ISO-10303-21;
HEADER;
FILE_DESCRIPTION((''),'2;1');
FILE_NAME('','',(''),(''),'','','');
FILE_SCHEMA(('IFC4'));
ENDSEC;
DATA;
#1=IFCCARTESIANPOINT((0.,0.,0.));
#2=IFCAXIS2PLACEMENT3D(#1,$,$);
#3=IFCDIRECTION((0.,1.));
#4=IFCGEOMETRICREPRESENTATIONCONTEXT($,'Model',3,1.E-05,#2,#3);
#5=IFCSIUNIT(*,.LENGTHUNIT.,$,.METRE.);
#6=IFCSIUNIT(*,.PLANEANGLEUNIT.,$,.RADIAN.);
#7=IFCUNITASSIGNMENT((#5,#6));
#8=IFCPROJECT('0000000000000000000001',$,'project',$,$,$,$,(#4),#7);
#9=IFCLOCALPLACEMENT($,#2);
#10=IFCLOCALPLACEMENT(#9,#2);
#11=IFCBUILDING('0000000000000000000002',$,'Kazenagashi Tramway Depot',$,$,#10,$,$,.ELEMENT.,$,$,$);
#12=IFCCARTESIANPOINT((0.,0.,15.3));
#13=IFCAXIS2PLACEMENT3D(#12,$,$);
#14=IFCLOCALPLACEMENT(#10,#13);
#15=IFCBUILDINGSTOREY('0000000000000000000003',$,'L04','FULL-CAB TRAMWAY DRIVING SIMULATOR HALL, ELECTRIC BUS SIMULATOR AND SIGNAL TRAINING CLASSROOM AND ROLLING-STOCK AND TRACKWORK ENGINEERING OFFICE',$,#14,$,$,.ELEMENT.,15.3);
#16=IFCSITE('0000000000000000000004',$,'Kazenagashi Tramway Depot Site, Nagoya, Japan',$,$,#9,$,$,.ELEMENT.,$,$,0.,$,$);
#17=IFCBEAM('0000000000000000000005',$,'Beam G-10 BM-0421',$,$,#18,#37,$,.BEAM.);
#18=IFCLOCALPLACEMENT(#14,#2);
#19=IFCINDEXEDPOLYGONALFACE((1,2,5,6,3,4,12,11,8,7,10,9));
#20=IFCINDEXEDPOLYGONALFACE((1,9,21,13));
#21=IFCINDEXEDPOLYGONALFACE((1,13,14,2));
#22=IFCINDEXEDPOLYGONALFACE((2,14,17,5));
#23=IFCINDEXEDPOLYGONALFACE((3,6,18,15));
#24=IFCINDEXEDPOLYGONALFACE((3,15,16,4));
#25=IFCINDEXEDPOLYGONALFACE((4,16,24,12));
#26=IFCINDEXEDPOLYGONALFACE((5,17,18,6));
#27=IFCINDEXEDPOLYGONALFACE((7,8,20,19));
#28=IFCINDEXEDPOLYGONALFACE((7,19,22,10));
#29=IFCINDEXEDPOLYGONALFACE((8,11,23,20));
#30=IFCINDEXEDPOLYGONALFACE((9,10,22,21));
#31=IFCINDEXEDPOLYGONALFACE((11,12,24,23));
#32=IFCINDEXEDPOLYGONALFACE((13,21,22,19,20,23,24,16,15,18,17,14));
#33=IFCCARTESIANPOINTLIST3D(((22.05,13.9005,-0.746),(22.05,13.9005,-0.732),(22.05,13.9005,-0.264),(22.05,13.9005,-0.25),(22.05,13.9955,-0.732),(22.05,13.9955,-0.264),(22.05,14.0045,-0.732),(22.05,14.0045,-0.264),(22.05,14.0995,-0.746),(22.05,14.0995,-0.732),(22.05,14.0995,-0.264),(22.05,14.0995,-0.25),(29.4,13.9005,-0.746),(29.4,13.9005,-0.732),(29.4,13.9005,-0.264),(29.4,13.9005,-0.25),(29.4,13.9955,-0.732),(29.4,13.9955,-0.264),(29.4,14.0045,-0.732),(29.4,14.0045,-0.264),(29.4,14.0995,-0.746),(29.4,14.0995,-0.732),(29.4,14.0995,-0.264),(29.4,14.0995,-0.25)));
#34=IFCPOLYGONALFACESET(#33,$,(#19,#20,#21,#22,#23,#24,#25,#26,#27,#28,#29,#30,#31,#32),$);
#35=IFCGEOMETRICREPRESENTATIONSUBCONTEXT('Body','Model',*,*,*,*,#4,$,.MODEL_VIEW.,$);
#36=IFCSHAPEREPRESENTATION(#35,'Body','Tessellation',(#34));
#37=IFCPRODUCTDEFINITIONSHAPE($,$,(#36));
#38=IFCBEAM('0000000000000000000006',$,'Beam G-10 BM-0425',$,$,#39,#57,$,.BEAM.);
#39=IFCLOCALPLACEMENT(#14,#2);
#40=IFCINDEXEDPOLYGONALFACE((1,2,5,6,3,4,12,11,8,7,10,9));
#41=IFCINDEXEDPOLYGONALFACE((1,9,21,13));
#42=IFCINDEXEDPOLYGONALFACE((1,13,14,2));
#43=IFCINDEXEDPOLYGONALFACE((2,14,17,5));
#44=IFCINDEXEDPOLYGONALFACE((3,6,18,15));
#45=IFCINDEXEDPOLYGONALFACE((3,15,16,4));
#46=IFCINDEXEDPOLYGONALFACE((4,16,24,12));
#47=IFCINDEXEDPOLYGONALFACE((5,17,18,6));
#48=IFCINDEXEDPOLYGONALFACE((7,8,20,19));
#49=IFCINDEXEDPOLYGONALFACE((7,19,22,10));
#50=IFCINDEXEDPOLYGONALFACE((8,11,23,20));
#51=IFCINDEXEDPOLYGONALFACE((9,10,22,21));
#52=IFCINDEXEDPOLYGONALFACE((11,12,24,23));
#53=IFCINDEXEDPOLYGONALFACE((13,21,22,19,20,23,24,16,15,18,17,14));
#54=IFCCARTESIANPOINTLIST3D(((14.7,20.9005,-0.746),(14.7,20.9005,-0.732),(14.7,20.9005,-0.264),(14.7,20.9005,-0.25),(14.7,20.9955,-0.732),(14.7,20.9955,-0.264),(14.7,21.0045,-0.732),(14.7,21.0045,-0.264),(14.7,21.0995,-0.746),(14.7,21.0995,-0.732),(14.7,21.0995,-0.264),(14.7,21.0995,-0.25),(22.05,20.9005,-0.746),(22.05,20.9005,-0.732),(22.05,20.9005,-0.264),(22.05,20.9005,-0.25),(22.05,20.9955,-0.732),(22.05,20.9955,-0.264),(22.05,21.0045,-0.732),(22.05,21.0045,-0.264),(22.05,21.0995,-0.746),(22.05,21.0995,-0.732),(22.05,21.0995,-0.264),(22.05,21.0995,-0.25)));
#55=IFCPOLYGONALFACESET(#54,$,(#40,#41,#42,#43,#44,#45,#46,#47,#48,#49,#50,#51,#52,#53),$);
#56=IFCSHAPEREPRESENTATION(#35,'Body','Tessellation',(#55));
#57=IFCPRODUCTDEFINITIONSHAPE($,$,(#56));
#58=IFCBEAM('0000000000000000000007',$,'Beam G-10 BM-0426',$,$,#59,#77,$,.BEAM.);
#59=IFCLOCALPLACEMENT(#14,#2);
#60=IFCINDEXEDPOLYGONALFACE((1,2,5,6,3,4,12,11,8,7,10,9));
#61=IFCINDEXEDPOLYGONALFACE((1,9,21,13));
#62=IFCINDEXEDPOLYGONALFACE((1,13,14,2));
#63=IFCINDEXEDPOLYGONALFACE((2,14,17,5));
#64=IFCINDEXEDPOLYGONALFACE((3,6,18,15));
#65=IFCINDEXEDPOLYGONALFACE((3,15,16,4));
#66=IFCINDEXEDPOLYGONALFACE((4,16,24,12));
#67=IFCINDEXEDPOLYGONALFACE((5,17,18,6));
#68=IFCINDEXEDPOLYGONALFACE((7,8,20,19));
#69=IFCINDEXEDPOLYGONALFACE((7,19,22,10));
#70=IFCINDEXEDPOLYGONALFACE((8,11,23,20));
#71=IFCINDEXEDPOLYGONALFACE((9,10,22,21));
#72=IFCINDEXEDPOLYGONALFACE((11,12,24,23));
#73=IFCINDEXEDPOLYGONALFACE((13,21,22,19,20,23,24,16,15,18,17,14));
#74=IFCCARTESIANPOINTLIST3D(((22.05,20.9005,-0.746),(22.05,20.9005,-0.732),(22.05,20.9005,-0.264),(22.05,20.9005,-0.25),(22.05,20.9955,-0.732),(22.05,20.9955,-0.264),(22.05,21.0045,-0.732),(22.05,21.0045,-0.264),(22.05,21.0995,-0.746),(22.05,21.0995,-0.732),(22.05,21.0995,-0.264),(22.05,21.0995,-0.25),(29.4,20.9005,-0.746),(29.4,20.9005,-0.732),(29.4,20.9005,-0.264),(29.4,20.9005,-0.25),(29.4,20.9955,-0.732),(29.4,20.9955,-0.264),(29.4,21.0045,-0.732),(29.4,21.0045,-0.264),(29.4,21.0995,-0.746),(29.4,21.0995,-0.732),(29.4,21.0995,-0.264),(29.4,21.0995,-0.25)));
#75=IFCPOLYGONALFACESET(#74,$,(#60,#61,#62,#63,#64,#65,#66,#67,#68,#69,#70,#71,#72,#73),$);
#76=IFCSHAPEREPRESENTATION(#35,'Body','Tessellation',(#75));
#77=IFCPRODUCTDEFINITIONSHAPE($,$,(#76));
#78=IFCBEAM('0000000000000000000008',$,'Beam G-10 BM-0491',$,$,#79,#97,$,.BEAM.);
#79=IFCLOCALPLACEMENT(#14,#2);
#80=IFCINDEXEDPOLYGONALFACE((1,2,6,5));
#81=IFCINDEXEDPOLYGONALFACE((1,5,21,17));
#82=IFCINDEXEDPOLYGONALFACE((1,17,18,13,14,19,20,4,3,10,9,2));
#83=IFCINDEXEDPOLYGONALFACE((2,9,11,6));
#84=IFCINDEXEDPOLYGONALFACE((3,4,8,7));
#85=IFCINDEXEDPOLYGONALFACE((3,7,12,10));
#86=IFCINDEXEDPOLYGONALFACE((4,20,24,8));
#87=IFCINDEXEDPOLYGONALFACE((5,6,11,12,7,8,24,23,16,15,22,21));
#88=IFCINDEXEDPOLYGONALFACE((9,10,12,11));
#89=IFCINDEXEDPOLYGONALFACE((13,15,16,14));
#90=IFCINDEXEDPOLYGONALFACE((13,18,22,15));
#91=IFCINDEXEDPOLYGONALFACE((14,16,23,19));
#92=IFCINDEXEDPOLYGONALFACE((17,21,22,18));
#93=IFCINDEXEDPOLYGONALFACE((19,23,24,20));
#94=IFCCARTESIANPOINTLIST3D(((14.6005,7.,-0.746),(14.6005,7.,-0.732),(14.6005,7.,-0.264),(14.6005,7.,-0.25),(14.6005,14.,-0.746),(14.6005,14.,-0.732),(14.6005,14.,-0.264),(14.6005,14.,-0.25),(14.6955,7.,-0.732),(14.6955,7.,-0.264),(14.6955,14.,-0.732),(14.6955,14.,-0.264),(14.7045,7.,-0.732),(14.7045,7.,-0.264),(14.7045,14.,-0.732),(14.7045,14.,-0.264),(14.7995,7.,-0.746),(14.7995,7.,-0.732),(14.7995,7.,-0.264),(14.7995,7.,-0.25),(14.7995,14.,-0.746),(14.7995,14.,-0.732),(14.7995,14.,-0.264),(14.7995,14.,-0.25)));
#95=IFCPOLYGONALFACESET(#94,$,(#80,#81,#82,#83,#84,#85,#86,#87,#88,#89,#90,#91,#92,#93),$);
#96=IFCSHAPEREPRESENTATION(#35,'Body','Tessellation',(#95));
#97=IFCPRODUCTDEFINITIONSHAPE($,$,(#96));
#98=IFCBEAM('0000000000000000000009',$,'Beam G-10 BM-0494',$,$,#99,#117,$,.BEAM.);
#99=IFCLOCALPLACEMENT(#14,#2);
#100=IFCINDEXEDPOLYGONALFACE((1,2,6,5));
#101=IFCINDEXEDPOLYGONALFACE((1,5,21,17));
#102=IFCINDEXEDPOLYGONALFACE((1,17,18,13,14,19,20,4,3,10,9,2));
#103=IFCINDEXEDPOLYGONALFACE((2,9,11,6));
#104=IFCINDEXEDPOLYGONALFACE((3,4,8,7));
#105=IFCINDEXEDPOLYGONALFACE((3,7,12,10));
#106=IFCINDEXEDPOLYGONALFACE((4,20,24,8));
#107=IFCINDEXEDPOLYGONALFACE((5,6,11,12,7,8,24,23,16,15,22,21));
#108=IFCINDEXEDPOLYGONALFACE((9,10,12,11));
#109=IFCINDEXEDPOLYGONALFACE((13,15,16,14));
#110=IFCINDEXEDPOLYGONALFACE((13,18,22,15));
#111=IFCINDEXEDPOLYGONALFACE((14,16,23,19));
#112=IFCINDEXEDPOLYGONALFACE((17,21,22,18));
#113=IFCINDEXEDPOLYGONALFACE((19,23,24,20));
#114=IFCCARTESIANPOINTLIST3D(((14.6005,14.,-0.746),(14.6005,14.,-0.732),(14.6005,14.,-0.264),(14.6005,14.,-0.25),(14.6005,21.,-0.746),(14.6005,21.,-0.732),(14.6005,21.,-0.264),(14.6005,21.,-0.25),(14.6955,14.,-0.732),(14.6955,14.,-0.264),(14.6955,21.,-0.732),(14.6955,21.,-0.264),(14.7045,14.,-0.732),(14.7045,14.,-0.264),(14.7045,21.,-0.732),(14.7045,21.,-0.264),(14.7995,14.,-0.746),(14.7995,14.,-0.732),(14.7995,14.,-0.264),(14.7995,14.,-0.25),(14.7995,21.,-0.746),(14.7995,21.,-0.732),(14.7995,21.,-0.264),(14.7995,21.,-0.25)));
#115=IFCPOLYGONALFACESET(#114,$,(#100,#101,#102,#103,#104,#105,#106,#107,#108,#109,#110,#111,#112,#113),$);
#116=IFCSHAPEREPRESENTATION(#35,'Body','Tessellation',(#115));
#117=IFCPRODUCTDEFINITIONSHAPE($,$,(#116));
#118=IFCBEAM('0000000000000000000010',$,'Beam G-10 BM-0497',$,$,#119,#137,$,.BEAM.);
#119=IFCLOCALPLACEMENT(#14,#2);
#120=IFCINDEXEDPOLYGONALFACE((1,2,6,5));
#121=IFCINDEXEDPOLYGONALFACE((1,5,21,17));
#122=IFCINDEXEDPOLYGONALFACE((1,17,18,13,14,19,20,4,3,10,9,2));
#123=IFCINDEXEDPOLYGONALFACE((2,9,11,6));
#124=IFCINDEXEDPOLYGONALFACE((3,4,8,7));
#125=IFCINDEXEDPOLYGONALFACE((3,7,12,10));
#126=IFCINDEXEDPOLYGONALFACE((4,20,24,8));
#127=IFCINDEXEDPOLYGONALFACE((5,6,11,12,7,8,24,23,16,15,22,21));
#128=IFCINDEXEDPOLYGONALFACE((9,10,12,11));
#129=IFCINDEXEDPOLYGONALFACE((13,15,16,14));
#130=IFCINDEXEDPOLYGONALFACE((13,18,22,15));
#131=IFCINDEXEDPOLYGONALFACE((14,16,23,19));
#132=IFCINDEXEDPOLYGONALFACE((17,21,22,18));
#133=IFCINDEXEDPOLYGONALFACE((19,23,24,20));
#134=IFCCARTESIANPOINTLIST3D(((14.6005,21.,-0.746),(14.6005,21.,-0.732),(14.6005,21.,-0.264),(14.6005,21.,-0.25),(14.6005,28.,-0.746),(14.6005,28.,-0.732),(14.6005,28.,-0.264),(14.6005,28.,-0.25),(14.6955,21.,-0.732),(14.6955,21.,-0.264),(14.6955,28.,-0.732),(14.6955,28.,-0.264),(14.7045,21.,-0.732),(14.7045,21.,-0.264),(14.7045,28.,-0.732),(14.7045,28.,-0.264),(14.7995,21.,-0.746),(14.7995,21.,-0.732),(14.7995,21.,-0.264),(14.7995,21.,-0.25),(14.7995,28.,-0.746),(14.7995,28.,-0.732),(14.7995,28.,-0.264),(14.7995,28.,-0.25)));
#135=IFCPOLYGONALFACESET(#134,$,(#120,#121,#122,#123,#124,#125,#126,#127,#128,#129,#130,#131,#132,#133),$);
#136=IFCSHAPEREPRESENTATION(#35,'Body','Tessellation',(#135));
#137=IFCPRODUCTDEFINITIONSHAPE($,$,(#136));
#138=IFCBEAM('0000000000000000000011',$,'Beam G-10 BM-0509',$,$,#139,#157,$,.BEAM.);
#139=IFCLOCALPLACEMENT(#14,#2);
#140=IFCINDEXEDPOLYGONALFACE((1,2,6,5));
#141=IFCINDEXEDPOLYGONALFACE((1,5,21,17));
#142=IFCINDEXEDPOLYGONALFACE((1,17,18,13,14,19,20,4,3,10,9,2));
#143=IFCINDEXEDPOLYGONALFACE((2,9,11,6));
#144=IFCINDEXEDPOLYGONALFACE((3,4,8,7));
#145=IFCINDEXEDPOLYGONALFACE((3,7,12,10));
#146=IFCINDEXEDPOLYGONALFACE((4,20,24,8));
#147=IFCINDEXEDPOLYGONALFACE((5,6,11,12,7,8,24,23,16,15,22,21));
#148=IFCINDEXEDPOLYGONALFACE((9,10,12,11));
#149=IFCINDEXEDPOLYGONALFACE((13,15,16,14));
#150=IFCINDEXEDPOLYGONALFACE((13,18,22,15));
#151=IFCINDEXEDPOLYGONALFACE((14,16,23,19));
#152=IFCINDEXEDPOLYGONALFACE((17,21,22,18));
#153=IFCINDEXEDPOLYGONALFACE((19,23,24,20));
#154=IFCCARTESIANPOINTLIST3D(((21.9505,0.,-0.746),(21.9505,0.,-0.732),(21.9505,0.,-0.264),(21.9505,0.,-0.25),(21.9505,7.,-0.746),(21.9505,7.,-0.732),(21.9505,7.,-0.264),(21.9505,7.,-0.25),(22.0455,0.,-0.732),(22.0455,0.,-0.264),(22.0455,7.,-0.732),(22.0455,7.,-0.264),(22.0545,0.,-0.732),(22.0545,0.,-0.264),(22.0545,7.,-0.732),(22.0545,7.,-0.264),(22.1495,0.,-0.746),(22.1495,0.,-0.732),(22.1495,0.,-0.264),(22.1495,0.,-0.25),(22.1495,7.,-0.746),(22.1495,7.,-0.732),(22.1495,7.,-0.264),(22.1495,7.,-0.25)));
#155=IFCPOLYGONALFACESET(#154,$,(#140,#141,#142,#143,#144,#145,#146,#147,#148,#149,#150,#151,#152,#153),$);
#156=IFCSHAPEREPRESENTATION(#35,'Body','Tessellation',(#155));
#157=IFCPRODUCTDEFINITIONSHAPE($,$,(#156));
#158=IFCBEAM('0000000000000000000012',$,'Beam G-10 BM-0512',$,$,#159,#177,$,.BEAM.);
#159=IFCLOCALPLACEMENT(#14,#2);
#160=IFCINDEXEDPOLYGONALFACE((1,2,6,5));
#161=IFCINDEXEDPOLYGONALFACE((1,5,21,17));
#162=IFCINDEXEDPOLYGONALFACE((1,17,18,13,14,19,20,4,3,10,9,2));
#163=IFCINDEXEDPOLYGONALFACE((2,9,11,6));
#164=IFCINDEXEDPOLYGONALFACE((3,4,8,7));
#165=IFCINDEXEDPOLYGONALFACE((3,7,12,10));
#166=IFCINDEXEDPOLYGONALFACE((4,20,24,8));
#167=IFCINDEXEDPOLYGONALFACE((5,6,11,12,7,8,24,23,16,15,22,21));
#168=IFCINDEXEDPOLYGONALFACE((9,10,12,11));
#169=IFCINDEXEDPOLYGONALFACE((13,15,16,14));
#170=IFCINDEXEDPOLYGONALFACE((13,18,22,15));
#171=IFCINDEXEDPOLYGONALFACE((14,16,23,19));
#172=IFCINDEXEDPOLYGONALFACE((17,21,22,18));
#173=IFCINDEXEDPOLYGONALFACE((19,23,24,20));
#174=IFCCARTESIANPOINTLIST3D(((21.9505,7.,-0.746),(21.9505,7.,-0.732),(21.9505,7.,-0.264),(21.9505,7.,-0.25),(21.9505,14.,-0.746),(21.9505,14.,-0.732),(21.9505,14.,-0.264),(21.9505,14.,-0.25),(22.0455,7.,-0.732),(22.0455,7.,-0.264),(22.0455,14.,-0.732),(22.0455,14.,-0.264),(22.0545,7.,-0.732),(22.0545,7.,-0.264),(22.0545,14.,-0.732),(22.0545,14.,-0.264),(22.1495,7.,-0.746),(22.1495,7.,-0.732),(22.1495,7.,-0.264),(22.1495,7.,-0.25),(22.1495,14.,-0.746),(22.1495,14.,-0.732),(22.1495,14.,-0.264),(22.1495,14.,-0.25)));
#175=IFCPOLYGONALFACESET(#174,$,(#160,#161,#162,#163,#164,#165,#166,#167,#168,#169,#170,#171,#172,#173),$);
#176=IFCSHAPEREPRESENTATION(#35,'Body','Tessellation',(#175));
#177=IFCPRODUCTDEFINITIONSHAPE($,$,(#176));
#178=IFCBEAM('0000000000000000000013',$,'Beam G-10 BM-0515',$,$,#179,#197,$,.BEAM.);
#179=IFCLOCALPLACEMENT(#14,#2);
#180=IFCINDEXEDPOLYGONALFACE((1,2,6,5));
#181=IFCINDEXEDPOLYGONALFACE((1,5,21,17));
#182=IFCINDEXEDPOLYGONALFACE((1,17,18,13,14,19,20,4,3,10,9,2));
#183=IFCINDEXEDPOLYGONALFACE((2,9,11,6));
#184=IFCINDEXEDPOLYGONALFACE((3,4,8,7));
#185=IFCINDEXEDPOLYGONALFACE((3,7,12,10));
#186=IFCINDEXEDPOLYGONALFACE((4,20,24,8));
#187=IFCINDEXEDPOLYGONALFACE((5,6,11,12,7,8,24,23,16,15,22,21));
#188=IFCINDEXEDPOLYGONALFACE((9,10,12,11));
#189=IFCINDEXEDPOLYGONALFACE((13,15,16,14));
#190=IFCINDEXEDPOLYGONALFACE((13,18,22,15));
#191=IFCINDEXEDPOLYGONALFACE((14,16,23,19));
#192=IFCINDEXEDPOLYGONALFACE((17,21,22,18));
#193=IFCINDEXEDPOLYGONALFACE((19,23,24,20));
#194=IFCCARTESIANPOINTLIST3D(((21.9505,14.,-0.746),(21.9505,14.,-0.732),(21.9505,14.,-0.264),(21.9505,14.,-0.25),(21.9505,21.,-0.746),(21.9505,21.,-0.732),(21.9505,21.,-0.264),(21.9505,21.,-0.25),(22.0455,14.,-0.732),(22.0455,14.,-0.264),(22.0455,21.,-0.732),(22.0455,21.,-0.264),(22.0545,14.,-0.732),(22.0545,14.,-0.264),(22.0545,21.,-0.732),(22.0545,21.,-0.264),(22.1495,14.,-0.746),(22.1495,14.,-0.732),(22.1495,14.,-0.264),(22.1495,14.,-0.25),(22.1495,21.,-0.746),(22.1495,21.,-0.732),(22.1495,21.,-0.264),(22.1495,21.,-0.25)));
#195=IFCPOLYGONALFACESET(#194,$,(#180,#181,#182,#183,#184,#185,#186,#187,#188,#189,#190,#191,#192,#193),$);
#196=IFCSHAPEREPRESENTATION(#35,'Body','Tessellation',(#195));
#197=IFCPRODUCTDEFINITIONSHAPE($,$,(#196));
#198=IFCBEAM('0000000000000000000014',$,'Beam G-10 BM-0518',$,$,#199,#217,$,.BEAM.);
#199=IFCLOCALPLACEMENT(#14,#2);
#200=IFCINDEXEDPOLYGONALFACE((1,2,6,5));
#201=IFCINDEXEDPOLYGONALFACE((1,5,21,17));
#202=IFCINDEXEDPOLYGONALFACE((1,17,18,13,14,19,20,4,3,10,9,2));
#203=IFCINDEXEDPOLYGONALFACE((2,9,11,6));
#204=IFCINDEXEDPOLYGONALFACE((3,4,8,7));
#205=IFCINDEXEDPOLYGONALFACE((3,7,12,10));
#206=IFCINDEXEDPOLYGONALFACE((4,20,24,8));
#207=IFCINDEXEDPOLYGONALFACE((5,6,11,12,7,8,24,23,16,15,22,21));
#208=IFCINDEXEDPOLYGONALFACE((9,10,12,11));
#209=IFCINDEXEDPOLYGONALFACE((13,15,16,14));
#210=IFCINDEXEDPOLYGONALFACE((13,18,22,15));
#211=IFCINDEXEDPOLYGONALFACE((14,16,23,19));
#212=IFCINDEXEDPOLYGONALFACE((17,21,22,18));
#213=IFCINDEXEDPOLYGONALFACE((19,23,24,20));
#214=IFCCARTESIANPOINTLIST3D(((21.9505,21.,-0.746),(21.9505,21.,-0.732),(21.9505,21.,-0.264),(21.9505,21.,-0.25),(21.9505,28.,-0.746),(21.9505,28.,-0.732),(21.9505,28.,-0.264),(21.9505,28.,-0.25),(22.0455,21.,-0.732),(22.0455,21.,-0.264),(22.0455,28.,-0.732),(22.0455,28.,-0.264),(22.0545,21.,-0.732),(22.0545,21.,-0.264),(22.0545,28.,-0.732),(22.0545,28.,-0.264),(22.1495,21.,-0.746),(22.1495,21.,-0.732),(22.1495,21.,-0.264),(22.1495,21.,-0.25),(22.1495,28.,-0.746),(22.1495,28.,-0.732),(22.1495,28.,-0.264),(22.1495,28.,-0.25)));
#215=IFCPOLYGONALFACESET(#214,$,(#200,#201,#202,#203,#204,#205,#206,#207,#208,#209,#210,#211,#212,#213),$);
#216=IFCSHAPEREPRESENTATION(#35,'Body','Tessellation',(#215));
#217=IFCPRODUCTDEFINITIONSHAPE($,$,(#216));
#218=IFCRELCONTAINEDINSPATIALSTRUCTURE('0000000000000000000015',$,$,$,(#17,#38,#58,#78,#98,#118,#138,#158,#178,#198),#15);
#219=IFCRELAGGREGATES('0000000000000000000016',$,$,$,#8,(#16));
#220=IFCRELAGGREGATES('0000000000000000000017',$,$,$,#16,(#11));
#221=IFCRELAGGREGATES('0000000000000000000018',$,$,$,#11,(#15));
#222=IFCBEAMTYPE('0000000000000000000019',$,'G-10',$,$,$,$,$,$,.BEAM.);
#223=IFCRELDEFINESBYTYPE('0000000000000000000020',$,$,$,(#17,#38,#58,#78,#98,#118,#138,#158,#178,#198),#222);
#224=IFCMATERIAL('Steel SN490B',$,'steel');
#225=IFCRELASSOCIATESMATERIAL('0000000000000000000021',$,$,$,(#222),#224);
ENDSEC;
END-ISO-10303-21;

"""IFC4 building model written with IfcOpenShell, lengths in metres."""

from ifc_helpers import new_model, si_unit, direction, frame, origin, origin_2d, place, context, subcontext, project, spatial, i_section, extrude, material, material_profile, profile_set, type_object, element, save


model = new_model("IFC4")

# Units and contexts
model_context = context("Model", 3, precision=1e-05, world=origin(), true_north=direction((0.0, 1.0)))
body_context = subcontext(model_context, "Body", "Model", "MODEL_VIEW")
ifc_project = project(units=[si_unit("LENGTHUNIT", "METRE"), si_unit("PLANEANGLEUNIT", "RADIAN")], contexts=[model_context])

# Site, building, storey
site_placement = place(None, origin())
site = spatial("IfcSite", under=ifc_project, at=site_placement, Name="Kazenagashi Tramway Depot Site, Nagoya, Japan", CompositionType="ELEMENT", RefElevation=0.0)
building_placement = place(site_placement, origin())
building = spatial("IfcBuilding", under=site, at=building_placement, Name="Kazenagashi Tramway Depot", CompositionType="ELEMENT")
storey_placement = place(building_placement, frame((0.0, 0.0, 15.3)))
storey = spatial("IfcBuildingStorey", under=building, at=storey_placement, Name="L04", Description="FULL-CAB TRAMWAY DRIVING SIMULATOR HALL, ELECTRIC BUS SIMULATOR AND SIGNAL TRAINING CLASSROOM AND ROLLING-STOCK AND TRACKWORK ENGINEERING OFFICE", CompositionType="ELEMENT", Elevation=15.3)

# Shared definitions
ifc_material_1 = material(Name="Steel SN490B", Category="steel")

# Beams
ifc_material_profile_1 = material_profile(ifc_material_1, i_section(OverallWidth=0.199, OverallDepth=0.496, WebThickness=0.009, FlangeThickness=0.014, at=origin_2d()), Name="H-496x199x9x14")
ifc_profile_set_1 = profile_set([ifc_material_profile_1], Name="Steel SN490B")
beam_type_1 = type_object("IfcBeamType", Name="G-10", PredefinedType="BEAM", material=ifc_profile_set_1)
for number, where, z_axis, x_axis, name in (
    (1, (22.05, 14.0, -0.498), (1.0, 0.0, 0.0), (0.0, 1.0, 0.0), "Beam G-10 BM-0421"),
    (2, (14.7, 21.0, -0.498), (1.0, 0.0, 0.0), (0.0, 1.0, 0.0), "Beam G-10 BM-0425"),
    (3, (22.05, 21.0, -0.498), (1.0, 0.0, 0.0), (0.0, 1.0, 0.0), "Beam G-10 BM-0426"),
):
    element("IfcBeam", number, at=place(storey_placement, frame(where, z_axis=z_axis, x_axis=x_axis)), inside=storey, type_object=beam_type_1, Name=name, PredefinedType="BEAM", context=body_context, shape_type="SweptSolid", body=[
        extrude(i_section(OverallWidth=0.199, OverallDepth=0.496, WebThickness=0.009, FlangeThickness=0.014, at=origin_2d()), origin(), (0.0, 0.0, 1.0), 7.35),
    ])
for number, where, z_axis, x_axis, name in (
    (4, (14.7, 7.0, -0.498), (0.0, 1.0, 0.0), (-1.0, 0.0, 0.0), "Beam G-10 BM-0491"),
    (5, (14.7, 14.0, -0.498), (0.0, 1.0, 0.0), (-1.0, 0.0, 0.0), "Beam G-10 BM-0494"),
    (6, (14.7, 21.0, -0.498), (0.0, 1.0, 0.0), (-1.0, 0.0, 0.0), "Beam G-10 BM-0497"),
    (7, (22.05, 0.0, -0.498), (0.0, 1.0, 0.0), (-1.0, 0.0, 0.0), "Beam G-10 BM-0509"),
    (8, (22.05, 7.0, -0.498), (0.0, 1.0, 0.0), (-1.0, 0.0, 0.0), "Beam G-10 BM-0512"),
    (9, (22.05, 14.0, -0.498), (0.0, 1.0, 0.0), (-1.0, 0.0, 0.0), "Beam G-10 BM-0515"),
    (10, (22.05, 21.0, -0.498), (0.0, 1.0, 0.0), (-1.0, 0.0, 0.0), "Beam G-10 BM-0518"),
):
    element("IfcBeam", number, at=place(storey_placement, frame(where, z_axis=z_axis, x_axis=x_axis)), inside=storey, type_object=beam_type_1, Name=name, PredefinedType="BEAM", context=body_context, shape_type="SweptSolid", body=[
        extrude(i_section(OverallWidth=0.199, OverallDepth=0.496, WebThickness=0.009, FlangeThickness=0.014, at=origin_2d()), origin(), (0.0, 0.0, 1.0), 7.0),
    ])

save(model, "model.ifc")
